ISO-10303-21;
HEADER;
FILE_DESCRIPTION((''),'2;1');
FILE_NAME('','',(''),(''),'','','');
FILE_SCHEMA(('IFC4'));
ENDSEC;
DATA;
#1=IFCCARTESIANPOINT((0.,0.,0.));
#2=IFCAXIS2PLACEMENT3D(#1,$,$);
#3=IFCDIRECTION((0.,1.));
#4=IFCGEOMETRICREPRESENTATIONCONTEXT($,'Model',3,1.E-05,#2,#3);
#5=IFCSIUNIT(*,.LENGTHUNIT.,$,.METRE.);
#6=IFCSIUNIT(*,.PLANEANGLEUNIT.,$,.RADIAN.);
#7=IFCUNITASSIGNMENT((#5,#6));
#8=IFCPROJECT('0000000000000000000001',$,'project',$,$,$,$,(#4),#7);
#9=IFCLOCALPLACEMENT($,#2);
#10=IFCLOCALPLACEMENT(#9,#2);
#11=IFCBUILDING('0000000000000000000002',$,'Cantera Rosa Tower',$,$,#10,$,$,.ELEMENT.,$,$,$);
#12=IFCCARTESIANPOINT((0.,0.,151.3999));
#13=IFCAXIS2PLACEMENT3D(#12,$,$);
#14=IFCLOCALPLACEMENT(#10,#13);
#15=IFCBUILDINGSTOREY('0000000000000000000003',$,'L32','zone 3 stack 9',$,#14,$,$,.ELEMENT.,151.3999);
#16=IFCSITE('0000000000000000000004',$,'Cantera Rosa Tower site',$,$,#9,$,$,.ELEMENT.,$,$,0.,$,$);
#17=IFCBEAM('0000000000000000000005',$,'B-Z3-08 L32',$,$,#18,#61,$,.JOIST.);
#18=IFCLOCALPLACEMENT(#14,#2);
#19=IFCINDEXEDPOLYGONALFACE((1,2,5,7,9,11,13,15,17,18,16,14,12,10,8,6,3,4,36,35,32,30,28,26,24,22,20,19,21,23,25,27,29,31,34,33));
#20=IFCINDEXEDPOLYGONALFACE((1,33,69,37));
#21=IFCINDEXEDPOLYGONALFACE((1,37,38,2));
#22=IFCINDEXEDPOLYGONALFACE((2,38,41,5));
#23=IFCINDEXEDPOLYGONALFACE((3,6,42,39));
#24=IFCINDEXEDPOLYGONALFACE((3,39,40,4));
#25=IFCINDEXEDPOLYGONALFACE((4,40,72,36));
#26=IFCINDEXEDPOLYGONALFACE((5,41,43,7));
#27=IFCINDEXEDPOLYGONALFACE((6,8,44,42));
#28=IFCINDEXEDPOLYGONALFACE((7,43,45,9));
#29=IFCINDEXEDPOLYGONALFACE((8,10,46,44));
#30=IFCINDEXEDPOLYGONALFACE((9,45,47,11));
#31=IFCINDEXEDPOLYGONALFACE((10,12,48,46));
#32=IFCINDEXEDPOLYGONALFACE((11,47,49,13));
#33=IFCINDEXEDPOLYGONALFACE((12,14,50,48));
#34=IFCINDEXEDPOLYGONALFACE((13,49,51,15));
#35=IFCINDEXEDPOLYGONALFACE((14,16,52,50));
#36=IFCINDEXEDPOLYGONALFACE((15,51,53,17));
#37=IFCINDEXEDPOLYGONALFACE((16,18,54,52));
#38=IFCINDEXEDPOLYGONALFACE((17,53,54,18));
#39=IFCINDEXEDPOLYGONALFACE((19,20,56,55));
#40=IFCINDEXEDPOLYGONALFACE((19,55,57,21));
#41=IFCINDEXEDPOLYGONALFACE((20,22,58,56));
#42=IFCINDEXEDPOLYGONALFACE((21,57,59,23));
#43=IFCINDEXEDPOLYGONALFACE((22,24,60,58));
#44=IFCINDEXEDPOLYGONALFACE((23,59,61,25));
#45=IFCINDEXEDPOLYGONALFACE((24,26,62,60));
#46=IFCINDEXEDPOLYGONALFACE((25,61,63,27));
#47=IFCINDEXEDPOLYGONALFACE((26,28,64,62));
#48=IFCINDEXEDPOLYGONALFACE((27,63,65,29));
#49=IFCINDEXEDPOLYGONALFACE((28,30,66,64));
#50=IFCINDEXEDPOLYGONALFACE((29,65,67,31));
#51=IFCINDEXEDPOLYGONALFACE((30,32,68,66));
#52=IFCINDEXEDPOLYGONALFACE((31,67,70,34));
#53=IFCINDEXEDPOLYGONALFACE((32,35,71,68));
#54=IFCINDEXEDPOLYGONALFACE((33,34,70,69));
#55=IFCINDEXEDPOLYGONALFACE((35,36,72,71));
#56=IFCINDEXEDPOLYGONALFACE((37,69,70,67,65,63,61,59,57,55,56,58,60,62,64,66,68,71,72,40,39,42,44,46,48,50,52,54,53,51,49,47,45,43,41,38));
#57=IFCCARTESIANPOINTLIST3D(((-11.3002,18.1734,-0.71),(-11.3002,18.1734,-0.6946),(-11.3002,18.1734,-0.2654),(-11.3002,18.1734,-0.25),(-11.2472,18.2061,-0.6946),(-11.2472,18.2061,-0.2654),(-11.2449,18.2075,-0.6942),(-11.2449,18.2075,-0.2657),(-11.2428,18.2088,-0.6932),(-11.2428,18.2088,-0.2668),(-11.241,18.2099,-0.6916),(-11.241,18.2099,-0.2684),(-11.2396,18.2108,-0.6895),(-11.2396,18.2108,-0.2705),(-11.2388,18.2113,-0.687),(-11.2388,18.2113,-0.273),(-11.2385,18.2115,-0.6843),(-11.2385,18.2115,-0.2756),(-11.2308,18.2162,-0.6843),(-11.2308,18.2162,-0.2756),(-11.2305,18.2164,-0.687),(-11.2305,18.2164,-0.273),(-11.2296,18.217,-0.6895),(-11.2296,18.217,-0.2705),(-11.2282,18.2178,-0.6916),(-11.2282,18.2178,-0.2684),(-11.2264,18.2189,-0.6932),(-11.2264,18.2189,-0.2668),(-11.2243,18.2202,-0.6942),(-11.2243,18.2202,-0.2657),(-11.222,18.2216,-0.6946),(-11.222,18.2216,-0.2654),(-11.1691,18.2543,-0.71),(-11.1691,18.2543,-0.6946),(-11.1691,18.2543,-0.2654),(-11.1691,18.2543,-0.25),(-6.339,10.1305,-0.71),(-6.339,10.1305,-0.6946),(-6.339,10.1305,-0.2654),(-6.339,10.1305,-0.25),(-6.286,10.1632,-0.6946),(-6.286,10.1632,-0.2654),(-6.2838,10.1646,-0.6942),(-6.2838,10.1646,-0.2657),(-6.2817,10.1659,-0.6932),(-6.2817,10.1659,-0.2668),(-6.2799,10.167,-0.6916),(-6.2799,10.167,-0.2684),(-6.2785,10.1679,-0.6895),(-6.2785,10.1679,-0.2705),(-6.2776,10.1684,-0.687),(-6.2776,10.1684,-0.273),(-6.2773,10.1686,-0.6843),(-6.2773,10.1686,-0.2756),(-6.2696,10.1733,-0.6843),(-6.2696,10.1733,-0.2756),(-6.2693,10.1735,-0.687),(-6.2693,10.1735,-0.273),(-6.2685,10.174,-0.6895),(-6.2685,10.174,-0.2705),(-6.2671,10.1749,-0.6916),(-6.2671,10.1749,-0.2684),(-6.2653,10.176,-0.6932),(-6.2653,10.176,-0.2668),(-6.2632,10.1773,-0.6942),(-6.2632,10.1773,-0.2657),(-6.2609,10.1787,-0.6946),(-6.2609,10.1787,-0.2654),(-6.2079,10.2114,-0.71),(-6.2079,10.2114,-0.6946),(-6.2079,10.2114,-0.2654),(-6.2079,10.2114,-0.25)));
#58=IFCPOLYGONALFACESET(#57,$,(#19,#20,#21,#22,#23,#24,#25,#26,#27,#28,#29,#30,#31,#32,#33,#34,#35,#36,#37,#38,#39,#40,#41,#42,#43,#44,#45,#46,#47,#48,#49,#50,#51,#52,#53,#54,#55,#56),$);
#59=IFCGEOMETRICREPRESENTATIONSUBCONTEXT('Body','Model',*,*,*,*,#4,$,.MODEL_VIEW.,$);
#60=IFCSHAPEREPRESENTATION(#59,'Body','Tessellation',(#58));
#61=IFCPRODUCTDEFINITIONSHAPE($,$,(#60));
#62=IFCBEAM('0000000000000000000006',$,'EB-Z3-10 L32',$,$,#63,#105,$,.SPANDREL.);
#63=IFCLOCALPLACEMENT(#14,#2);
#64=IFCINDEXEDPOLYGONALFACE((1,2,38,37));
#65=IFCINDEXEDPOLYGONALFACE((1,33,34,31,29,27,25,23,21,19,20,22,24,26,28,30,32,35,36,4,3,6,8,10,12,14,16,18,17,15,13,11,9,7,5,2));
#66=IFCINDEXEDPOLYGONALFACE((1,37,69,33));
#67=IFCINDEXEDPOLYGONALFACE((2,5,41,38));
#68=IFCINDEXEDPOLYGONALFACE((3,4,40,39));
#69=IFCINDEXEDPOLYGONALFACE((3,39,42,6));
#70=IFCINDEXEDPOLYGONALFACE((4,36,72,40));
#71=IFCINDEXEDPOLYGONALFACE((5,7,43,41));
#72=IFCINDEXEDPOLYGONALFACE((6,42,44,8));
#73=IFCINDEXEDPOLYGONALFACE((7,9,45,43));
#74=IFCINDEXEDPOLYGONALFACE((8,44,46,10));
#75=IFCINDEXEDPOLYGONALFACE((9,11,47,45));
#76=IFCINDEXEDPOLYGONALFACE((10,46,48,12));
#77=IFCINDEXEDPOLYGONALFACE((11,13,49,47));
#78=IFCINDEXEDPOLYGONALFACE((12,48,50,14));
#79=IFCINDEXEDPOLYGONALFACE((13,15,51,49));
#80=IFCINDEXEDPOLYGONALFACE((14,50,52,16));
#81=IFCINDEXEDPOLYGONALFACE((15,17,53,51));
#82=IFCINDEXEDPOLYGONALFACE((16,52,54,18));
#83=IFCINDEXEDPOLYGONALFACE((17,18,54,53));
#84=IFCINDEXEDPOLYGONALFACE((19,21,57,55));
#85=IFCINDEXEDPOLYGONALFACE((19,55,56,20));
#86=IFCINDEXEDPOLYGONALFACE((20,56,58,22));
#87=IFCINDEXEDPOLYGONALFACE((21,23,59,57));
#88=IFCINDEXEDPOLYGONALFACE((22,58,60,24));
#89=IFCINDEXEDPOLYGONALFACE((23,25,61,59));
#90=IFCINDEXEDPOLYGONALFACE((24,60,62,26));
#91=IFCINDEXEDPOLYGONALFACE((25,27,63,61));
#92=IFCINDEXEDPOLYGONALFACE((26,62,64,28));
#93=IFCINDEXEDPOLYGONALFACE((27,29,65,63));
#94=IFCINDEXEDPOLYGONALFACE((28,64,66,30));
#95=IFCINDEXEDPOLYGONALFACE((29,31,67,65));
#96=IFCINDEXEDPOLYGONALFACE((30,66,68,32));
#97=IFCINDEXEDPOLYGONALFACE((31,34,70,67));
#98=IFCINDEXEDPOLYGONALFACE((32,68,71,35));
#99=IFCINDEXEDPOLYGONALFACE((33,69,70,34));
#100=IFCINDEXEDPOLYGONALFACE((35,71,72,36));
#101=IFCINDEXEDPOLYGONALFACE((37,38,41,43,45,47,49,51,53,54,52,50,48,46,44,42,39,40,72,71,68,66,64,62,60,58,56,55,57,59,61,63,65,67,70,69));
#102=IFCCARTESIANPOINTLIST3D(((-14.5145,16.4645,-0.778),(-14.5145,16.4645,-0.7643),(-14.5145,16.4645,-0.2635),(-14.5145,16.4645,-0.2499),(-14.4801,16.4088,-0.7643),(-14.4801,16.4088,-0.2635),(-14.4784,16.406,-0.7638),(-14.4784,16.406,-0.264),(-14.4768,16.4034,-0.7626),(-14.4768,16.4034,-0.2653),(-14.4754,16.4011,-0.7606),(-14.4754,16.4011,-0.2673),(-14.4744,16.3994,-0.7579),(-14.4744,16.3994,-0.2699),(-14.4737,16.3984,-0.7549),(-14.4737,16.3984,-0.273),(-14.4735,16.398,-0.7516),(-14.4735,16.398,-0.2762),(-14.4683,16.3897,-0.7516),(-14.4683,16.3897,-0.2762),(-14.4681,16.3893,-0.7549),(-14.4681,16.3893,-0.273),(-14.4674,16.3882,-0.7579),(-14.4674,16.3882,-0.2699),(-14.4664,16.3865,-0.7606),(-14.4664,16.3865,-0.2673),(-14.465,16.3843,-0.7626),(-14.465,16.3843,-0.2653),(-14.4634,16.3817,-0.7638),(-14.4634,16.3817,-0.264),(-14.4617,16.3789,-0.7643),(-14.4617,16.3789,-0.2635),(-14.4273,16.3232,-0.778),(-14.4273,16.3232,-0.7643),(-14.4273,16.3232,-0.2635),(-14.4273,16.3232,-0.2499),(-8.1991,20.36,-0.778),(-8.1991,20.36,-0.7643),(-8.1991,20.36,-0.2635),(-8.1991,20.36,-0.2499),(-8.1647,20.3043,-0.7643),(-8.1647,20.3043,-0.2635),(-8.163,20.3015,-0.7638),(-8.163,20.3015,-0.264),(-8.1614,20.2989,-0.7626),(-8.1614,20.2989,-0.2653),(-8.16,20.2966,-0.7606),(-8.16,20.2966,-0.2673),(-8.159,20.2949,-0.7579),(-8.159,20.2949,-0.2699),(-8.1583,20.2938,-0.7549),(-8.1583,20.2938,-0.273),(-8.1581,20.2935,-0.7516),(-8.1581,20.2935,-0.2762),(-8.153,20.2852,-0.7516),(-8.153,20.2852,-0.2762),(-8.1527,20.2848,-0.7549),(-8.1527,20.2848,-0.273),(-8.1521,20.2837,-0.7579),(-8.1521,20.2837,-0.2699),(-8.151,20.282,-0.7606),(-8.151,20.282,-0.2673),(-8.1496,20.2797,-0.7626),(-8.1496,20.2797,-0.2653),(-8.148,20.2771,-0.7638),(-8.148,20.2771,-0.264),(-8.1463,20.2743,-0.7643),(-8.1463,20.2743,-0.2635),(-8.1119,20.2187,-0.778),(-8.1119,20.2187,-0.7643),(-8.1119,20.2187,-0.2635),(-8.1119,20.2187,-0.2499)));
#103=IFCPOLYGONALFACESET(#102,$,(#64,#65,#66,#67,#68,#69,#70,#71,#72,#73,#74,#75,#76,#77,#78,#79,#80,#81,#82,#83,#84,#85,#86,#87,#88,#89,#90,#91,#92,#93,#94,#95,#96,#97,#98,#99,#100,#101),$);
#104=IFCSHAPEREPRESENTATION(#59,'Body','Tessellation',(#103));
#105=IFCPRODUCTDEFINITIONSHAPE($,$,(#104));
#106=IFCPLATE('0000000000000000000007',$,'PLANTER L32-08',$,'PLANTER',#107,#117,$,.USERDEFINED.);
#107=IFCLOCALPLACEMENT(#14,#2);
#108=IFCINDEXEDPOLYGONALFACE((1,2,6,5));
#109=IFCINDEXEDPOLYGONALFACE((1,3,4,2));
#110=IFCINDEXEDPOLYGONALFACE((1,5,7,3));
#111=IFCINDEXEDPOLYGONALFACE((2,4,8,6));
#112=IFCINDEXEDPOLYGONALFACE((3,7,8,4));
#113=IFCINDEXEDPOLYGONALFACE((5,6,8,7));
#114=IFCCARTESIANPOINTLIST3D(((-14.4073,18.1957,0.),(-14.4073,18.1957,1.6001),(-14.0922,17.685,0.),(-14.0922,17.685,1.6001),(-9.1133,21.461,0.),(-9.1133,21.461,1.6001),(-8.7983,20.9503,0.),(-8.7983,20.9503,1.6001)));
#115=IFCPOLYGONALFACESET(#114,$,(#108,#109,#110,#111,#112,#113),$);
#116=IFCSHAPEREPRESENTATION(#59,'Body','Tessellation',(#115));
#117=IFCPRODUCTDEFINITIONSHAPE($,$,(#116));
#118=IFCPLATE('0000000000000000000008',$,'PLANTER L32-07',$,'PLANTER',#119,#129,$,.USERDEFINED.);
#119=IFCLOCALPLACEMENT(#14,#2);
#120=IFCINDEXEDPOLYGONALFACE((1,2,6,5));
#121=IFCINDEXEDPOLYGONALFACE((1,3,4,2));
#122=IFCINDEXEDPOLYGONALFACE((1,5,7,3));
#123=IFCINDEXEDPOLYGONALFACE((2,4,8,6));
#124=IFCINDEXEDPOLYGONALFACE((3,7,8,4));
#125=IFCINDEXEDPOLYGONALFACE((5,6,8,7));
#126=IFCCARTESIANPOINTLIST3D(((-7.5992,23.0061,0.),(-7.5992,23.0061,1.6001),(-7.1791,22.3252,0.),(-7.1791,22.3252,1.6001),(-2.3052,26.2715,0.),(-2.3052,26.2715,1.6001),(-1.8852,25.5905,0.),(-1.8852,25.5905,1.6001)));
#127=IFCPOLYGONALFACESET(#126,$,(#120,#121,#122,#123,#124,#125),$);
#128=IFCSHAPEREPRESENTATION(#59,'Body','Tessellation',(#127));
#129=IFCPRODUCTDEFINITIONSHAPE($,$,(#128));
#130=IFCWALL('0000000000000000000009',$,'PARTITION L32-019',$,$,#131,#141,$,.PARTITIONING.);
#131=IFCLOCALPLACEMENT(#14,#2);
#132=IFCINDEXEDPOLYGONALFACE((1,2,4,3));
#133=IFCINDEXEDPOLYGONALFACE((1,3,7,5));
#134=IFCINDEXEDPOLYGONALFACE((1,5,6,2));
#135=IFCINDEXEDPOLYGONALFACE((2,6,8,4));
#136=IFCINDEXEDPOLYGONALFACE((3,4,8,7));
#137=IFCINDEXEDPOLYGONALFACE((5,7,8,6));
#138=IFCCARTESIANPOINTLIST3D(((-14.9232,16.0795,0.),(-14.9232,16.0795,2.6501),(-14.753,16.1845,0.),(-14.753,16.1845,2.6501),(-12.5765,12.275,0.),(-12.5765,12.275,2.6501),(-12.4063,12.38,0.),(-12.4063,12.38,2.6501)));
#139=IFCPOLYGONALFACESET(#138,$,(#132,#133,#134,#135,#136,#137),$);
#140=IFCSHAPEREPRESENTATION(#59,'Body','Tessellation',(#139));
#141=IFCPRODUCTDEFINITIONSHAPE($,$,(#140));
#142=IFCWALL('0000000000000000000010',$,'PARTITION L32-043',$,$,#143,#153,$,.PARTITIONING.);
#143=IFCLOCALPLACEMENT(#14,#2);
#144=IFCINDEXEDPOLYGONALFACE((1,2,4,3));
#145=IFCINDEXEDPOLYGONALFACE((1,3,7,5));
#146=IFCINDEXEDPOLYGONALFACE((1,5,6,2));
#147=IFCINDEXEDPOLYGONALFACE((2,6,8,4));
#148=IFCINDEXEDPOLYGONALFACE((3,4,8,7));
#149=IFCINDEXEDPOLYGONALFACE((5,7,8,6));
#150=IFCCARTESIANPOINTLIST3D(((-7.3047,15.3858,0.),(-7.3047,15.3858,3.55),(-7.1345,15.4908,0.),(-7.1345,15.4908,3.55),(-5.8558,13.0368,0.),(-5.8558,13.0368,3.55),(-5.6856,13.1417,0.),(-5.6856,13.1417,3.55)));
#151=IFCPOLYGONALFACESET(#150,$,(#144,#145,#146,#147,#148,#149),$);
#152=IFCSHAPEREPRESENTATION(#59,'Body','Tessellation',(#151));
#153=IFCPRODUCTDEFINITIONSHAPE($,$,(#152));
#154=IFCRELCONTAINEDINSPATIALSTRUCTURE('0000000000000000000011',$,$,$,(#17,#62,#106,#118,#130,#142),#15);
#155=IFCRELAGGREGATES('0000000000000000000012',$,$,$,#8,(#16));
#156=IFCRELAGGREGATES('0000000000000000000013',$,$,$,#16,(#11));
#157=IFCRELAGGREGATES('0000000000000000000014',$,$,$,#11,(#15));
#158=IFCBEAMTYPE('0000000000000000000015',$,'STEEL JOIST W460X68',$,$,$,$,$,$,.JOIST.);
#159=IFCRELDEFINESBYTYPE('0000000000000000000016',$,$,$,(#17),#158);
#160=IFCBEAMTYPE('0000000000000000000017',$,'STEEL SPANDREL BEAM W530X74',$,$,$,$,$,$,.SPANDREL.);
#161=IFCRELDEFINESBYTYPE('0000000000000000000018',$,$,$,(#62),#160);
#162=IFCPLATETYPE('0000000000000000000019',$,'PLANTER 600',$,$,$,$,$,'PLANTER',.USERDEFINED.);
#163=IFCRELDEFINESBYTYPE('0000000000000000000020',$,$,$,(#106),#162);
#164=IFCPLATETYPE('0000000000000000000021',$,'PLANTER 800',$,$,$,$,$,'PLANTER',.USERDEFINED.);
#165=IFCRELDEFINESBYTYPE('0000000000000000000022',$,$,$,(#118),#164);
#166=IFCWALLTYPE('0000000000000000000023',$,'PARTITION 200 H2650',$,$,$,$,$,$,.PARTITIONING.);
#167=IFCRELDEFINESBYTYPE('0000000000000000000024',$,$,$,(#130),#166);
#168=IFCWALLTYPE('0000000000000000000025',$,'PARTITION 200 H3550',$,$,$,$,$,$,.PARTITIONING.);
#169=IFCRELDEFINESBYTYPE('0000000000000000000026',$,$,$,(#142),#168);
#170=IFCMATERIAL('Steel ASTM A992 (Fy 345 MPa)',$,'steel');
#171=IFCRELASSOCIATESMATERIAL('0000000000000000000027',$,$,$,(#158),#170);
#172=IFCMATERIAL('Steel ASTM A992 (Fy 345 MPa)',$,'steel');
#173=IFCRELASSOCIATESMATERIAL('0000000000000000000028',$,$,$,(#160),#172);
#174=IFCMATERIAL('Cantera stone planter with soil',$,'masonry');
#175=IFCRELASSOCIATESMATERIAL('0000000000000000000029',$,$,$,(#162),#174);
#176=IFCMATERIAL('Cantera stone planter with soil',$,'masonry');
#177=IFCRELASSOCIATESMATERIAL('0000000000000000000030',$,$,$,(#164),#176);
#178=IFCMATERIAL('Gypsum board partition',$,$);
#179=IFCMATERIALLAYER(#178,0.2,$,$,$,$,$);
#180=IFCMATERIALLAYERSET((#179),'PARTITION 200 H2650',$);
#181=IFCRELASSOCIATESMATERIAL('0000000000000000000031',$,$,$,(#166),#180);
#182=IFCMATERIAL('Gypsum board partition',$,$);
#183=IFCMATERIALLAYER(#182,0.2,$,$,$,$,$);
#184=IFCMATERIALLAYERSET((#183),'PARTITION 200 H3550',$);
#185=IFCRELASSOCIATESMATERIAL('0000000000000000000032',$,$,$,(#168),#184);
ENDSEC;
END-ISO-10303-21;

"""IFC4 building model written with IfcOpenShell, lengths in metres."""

from ifc_helpers import new_model, si_unit, direction, frame, frame_2d, origin, origin_2d, place, context, subcontext, project, spatial, rectangle, i_section, extrude, material, layer, layer_set, material_profile, profile_set, type_object, element, save


model = new_model("IFC4")

# Units and contexts
model_context = context("Model", 3, precision=1e-05, world=origin(), true_north=direction((0.0, 1.0)))
body_context = subcontext(model_context, "Body", "Model", "MODEL_VIEW")
ifc_project = project(units=[si_unit("LENGTHUNIT", "METRE"), si_unit("PLANEANGLEUNIT", "RADIAN")], contexts=[model_context])

# Site, building, storey
site_placement = place(None, origin())
site = spatial("IfcSite", under=ifc_project, at=site_placement, Name="Cantera Rosa Tower site", CompositionType="ELEMENT", RefElevation=0.0)
building_placement = place(site_placement, origin())
building = spatial("IfcBuilding", under=site, at=building_placement, Name="Cantera Rosa Tower", CompositionType="ELEMENT")
storey_placement = place(building_placement, frame((0.0, 0.0, 151.3999)))
storey = spatial("IfcBuildingStorey", under=building, at=storey_placement, Name="L32", Description="zone 3 stack 9", CompositionType="ELEMENT", Elevation=151.3999)

# Beams
ifc_material_1 = material(Name="Steel ASTM A992 (Fy 345 MPa)", Category="steel")
ifc_material_profile_1 = material_profile(ifc_material_1, i_section(OverallWidth=0.1541, OverallDepth=0.46, WebThickness=0.009, FlangeThickness=0.0154, FilletRadius=0.0103, at=origin_2d()), Name="W460X68")
ifc_profile_set_1 = profile_set([ifc_material_profile_1], Name="Steel ASTM A992 (Fy 345 MPa)")
beam_type_1 = type_object("IfcBeamType", Name="STEEL JOIST W460X68", PredefinedType="JOIST", material=ifc_profile_set_1)
beam_1_placement = place(storey_placement, frame((-11.2346, 18.2139, -0.48), z_axis=(0.524992, -0.851107, 0.0), x_axis=(0.851107, 0.524992, 0.0)))
element("IfcBeam", 1, at=beam_1_placement, inside=storey, type_object=beam_type_1, Name="B-Z3-08 L32", PredefinedType="JOIST", context=body_context, shape_type="SweptSolid", body=[
    extrude(i_section(OverallWidth=0.1541, OverallDepth=0.46, WebThickness=0.009, FlangeThickness=0.0154, FilletRadius=0.0103, at=origin_2d()), origin(), (0.0, 0.0, 1.0), 9.45),
])
ifc_material_2 = material(Name="Steel ASTM A992 (Fy 345 MPa)", Category="steel")
ifc_material_profile_2 = material_profile(ifc_material_2, i_section(OverallWidth=0.166, OverallDepth=0.5281, WebThickness=0.0098, FlangeThickness=0.0137, FilletRadius=0.0127, at=origin_2d()), Name="W530X74")
ifc_profile_set_2 = profile_set([ifc_material_profile_2], Name="Steel ASTM A992 (Fy 345 MPa)")
beam_type_2 = type_object("IfcBeamType", Name="STEEL SPANDREL BEAM W530X74", PredefinedType="SPANDREL", material=ifc_profile_set_2)
beam_2_placement = place(storey_placement, frame((-8.1555, 20.2893, -0.5139), z_axis=(-0.851111, -0.524986, 0.0), x_axis=(0.524986, -0.851111, 0.0)))
element("IfcBeam", 2, at=beam_2_placement, inside=storey, type_object=beam_type_2, Name="EB-Z3-10 L32", PredefinedType="SPANDREL", context=body_context, shape_type="SweptSolid", body=[
    extrude(i_section(OverallWidth=0.166, OverallDepth=0.5281, WebThickness=0.0098, FlangeThickness=0.0137, FilletRadius=0.0127, at=origin_2d()), origin(), (0.0, 0.0, 1.0), 7.4202),
])

# Plates
ifc_material_3 = material(Name="Cantera stone planter with soil", Category="masonry")
plate_type_1 = type_object("IfcPlateType", Name="PLANTER 600", ElementType="PLANTER", PredefinedType="USERDEFINED", material=ifc_material_3)
plate_1_placement = place(storey_placement, frame((-11.6028, 19.573, 0.0), z_axis=(0.0, 0.0, 1.0), x_axis=(-0.851117, -0.524977, 0.0)))
element("IfcPlate", 3, at=plate_1_placement, inside=storey, type_object=plate_type_1, Name="PLANTER L32-08", ObjectType="PLANTER", PredefinedType="USERDEFINED", context=body_context, shape_type="SweptSolid", body=[
    extrude(rectangle(XDim=6.22, YDim=0.6001, at=origin_2d()), origin(), (0.0, 0.0, 1.0), 1.6001),
])
ifc_material_4 = material(Name="Cantera stone planter with soil", Category="masonry")
plate_type_2 = type_object("IfcPlateType", Name="PLANTER 800", ElementType="PLANTER", PredefinedType="USERDEFINED", material=ifc_material_4)
plate_2_placement = place(storey_placement, frame((-4.7422, 24.2983, 0.0), z_axis=(0.0, 0.0, 1.0), x_axis=(-0.851117, -0.524977, 0.0)))
element("IfcPlate", 4, at=plate_2_placement, inside=storey, type_object=plate_type_2, Name="PLANTER L32-07", ObjectType="PLANTER", PredefinedType="USERDEFINED", context=body_context, shape_type="SweptSolid", body=[
    extrude(rectangle(XDim=6.22, YDim=0.8, at=origin_2d()), origin(), (0.0, 0.0, 1.0), 1.6001),
])

# Walls
ifc_material_5 = material(Name="Gypsum board partition")
ifc_layer_1 = layer(ifc_material_5, 0.2)
ifc_layer_set_1 = layer_set([ifc_layer_1], Name="PARTITION 200 H2650")
wall_type_1 = type_object("IfcWallType", Name="PARTITION 200 H2650", PredefinedType="PARTITIONING", material=ifc_layer_set_1)
wall_1_placement = place(storey_placement, frame((-12.4915, 12.3276, 0.0), z_axis=(0.0, 0.0, 1.0), x_axis=(-0.524987, 0.85111, 0.0)))
element("IfcWall", 5, at=wall_1_placement, inside=storey, type_object=wall_type_1, Name="PARTITION L32-019", PredefinedType="PARTITIONING", context=body_context, shape_type="SweptSolid", body=[
    extrude(rectangle(XDim=4.47, YDim=0.2, at=frame_2d((2.2349, 0.0))), origin(), (0.0, 0.0, 1.0), 2.6501),
])
ifc_material_6 = material(Name="Gypsum board partition")
ifc_layer_2 = layer(ifc_material_6, 0.2)
ifc_layer_set_2 = layer_set([ifc_layer_2], Name="PARTITION 200 H3550")
wall_type_2 = type_object("IfcWallType", Name="PARTITION 200 H3550", PredefinedType="PARTITIONING", material=ifc_layer_set_2)
wall_2_placement = place(storey_placement, frame((-5.7708, 13.0894, 0.0), z_axis=(0.0, 0.0, 1.0), x_axis=(-0.524981, 0.851114, 0.0)))
element("IfcWall", 6, at=wall_2_placement, inside=storey, type_object=wall_type_2, Name="PARTITION L32-043", PredefinedType="PARTITIONING", context=body_context, shape_type="SweptSolid", body=[
    extrude(rectangle(XDim=2.76, YDim=0.2, at=frame_2d((1.3799, 0.0))), origin(), (0.0, 0.0, 1.0), 3.55),
])

save(model, "model.ifc")
